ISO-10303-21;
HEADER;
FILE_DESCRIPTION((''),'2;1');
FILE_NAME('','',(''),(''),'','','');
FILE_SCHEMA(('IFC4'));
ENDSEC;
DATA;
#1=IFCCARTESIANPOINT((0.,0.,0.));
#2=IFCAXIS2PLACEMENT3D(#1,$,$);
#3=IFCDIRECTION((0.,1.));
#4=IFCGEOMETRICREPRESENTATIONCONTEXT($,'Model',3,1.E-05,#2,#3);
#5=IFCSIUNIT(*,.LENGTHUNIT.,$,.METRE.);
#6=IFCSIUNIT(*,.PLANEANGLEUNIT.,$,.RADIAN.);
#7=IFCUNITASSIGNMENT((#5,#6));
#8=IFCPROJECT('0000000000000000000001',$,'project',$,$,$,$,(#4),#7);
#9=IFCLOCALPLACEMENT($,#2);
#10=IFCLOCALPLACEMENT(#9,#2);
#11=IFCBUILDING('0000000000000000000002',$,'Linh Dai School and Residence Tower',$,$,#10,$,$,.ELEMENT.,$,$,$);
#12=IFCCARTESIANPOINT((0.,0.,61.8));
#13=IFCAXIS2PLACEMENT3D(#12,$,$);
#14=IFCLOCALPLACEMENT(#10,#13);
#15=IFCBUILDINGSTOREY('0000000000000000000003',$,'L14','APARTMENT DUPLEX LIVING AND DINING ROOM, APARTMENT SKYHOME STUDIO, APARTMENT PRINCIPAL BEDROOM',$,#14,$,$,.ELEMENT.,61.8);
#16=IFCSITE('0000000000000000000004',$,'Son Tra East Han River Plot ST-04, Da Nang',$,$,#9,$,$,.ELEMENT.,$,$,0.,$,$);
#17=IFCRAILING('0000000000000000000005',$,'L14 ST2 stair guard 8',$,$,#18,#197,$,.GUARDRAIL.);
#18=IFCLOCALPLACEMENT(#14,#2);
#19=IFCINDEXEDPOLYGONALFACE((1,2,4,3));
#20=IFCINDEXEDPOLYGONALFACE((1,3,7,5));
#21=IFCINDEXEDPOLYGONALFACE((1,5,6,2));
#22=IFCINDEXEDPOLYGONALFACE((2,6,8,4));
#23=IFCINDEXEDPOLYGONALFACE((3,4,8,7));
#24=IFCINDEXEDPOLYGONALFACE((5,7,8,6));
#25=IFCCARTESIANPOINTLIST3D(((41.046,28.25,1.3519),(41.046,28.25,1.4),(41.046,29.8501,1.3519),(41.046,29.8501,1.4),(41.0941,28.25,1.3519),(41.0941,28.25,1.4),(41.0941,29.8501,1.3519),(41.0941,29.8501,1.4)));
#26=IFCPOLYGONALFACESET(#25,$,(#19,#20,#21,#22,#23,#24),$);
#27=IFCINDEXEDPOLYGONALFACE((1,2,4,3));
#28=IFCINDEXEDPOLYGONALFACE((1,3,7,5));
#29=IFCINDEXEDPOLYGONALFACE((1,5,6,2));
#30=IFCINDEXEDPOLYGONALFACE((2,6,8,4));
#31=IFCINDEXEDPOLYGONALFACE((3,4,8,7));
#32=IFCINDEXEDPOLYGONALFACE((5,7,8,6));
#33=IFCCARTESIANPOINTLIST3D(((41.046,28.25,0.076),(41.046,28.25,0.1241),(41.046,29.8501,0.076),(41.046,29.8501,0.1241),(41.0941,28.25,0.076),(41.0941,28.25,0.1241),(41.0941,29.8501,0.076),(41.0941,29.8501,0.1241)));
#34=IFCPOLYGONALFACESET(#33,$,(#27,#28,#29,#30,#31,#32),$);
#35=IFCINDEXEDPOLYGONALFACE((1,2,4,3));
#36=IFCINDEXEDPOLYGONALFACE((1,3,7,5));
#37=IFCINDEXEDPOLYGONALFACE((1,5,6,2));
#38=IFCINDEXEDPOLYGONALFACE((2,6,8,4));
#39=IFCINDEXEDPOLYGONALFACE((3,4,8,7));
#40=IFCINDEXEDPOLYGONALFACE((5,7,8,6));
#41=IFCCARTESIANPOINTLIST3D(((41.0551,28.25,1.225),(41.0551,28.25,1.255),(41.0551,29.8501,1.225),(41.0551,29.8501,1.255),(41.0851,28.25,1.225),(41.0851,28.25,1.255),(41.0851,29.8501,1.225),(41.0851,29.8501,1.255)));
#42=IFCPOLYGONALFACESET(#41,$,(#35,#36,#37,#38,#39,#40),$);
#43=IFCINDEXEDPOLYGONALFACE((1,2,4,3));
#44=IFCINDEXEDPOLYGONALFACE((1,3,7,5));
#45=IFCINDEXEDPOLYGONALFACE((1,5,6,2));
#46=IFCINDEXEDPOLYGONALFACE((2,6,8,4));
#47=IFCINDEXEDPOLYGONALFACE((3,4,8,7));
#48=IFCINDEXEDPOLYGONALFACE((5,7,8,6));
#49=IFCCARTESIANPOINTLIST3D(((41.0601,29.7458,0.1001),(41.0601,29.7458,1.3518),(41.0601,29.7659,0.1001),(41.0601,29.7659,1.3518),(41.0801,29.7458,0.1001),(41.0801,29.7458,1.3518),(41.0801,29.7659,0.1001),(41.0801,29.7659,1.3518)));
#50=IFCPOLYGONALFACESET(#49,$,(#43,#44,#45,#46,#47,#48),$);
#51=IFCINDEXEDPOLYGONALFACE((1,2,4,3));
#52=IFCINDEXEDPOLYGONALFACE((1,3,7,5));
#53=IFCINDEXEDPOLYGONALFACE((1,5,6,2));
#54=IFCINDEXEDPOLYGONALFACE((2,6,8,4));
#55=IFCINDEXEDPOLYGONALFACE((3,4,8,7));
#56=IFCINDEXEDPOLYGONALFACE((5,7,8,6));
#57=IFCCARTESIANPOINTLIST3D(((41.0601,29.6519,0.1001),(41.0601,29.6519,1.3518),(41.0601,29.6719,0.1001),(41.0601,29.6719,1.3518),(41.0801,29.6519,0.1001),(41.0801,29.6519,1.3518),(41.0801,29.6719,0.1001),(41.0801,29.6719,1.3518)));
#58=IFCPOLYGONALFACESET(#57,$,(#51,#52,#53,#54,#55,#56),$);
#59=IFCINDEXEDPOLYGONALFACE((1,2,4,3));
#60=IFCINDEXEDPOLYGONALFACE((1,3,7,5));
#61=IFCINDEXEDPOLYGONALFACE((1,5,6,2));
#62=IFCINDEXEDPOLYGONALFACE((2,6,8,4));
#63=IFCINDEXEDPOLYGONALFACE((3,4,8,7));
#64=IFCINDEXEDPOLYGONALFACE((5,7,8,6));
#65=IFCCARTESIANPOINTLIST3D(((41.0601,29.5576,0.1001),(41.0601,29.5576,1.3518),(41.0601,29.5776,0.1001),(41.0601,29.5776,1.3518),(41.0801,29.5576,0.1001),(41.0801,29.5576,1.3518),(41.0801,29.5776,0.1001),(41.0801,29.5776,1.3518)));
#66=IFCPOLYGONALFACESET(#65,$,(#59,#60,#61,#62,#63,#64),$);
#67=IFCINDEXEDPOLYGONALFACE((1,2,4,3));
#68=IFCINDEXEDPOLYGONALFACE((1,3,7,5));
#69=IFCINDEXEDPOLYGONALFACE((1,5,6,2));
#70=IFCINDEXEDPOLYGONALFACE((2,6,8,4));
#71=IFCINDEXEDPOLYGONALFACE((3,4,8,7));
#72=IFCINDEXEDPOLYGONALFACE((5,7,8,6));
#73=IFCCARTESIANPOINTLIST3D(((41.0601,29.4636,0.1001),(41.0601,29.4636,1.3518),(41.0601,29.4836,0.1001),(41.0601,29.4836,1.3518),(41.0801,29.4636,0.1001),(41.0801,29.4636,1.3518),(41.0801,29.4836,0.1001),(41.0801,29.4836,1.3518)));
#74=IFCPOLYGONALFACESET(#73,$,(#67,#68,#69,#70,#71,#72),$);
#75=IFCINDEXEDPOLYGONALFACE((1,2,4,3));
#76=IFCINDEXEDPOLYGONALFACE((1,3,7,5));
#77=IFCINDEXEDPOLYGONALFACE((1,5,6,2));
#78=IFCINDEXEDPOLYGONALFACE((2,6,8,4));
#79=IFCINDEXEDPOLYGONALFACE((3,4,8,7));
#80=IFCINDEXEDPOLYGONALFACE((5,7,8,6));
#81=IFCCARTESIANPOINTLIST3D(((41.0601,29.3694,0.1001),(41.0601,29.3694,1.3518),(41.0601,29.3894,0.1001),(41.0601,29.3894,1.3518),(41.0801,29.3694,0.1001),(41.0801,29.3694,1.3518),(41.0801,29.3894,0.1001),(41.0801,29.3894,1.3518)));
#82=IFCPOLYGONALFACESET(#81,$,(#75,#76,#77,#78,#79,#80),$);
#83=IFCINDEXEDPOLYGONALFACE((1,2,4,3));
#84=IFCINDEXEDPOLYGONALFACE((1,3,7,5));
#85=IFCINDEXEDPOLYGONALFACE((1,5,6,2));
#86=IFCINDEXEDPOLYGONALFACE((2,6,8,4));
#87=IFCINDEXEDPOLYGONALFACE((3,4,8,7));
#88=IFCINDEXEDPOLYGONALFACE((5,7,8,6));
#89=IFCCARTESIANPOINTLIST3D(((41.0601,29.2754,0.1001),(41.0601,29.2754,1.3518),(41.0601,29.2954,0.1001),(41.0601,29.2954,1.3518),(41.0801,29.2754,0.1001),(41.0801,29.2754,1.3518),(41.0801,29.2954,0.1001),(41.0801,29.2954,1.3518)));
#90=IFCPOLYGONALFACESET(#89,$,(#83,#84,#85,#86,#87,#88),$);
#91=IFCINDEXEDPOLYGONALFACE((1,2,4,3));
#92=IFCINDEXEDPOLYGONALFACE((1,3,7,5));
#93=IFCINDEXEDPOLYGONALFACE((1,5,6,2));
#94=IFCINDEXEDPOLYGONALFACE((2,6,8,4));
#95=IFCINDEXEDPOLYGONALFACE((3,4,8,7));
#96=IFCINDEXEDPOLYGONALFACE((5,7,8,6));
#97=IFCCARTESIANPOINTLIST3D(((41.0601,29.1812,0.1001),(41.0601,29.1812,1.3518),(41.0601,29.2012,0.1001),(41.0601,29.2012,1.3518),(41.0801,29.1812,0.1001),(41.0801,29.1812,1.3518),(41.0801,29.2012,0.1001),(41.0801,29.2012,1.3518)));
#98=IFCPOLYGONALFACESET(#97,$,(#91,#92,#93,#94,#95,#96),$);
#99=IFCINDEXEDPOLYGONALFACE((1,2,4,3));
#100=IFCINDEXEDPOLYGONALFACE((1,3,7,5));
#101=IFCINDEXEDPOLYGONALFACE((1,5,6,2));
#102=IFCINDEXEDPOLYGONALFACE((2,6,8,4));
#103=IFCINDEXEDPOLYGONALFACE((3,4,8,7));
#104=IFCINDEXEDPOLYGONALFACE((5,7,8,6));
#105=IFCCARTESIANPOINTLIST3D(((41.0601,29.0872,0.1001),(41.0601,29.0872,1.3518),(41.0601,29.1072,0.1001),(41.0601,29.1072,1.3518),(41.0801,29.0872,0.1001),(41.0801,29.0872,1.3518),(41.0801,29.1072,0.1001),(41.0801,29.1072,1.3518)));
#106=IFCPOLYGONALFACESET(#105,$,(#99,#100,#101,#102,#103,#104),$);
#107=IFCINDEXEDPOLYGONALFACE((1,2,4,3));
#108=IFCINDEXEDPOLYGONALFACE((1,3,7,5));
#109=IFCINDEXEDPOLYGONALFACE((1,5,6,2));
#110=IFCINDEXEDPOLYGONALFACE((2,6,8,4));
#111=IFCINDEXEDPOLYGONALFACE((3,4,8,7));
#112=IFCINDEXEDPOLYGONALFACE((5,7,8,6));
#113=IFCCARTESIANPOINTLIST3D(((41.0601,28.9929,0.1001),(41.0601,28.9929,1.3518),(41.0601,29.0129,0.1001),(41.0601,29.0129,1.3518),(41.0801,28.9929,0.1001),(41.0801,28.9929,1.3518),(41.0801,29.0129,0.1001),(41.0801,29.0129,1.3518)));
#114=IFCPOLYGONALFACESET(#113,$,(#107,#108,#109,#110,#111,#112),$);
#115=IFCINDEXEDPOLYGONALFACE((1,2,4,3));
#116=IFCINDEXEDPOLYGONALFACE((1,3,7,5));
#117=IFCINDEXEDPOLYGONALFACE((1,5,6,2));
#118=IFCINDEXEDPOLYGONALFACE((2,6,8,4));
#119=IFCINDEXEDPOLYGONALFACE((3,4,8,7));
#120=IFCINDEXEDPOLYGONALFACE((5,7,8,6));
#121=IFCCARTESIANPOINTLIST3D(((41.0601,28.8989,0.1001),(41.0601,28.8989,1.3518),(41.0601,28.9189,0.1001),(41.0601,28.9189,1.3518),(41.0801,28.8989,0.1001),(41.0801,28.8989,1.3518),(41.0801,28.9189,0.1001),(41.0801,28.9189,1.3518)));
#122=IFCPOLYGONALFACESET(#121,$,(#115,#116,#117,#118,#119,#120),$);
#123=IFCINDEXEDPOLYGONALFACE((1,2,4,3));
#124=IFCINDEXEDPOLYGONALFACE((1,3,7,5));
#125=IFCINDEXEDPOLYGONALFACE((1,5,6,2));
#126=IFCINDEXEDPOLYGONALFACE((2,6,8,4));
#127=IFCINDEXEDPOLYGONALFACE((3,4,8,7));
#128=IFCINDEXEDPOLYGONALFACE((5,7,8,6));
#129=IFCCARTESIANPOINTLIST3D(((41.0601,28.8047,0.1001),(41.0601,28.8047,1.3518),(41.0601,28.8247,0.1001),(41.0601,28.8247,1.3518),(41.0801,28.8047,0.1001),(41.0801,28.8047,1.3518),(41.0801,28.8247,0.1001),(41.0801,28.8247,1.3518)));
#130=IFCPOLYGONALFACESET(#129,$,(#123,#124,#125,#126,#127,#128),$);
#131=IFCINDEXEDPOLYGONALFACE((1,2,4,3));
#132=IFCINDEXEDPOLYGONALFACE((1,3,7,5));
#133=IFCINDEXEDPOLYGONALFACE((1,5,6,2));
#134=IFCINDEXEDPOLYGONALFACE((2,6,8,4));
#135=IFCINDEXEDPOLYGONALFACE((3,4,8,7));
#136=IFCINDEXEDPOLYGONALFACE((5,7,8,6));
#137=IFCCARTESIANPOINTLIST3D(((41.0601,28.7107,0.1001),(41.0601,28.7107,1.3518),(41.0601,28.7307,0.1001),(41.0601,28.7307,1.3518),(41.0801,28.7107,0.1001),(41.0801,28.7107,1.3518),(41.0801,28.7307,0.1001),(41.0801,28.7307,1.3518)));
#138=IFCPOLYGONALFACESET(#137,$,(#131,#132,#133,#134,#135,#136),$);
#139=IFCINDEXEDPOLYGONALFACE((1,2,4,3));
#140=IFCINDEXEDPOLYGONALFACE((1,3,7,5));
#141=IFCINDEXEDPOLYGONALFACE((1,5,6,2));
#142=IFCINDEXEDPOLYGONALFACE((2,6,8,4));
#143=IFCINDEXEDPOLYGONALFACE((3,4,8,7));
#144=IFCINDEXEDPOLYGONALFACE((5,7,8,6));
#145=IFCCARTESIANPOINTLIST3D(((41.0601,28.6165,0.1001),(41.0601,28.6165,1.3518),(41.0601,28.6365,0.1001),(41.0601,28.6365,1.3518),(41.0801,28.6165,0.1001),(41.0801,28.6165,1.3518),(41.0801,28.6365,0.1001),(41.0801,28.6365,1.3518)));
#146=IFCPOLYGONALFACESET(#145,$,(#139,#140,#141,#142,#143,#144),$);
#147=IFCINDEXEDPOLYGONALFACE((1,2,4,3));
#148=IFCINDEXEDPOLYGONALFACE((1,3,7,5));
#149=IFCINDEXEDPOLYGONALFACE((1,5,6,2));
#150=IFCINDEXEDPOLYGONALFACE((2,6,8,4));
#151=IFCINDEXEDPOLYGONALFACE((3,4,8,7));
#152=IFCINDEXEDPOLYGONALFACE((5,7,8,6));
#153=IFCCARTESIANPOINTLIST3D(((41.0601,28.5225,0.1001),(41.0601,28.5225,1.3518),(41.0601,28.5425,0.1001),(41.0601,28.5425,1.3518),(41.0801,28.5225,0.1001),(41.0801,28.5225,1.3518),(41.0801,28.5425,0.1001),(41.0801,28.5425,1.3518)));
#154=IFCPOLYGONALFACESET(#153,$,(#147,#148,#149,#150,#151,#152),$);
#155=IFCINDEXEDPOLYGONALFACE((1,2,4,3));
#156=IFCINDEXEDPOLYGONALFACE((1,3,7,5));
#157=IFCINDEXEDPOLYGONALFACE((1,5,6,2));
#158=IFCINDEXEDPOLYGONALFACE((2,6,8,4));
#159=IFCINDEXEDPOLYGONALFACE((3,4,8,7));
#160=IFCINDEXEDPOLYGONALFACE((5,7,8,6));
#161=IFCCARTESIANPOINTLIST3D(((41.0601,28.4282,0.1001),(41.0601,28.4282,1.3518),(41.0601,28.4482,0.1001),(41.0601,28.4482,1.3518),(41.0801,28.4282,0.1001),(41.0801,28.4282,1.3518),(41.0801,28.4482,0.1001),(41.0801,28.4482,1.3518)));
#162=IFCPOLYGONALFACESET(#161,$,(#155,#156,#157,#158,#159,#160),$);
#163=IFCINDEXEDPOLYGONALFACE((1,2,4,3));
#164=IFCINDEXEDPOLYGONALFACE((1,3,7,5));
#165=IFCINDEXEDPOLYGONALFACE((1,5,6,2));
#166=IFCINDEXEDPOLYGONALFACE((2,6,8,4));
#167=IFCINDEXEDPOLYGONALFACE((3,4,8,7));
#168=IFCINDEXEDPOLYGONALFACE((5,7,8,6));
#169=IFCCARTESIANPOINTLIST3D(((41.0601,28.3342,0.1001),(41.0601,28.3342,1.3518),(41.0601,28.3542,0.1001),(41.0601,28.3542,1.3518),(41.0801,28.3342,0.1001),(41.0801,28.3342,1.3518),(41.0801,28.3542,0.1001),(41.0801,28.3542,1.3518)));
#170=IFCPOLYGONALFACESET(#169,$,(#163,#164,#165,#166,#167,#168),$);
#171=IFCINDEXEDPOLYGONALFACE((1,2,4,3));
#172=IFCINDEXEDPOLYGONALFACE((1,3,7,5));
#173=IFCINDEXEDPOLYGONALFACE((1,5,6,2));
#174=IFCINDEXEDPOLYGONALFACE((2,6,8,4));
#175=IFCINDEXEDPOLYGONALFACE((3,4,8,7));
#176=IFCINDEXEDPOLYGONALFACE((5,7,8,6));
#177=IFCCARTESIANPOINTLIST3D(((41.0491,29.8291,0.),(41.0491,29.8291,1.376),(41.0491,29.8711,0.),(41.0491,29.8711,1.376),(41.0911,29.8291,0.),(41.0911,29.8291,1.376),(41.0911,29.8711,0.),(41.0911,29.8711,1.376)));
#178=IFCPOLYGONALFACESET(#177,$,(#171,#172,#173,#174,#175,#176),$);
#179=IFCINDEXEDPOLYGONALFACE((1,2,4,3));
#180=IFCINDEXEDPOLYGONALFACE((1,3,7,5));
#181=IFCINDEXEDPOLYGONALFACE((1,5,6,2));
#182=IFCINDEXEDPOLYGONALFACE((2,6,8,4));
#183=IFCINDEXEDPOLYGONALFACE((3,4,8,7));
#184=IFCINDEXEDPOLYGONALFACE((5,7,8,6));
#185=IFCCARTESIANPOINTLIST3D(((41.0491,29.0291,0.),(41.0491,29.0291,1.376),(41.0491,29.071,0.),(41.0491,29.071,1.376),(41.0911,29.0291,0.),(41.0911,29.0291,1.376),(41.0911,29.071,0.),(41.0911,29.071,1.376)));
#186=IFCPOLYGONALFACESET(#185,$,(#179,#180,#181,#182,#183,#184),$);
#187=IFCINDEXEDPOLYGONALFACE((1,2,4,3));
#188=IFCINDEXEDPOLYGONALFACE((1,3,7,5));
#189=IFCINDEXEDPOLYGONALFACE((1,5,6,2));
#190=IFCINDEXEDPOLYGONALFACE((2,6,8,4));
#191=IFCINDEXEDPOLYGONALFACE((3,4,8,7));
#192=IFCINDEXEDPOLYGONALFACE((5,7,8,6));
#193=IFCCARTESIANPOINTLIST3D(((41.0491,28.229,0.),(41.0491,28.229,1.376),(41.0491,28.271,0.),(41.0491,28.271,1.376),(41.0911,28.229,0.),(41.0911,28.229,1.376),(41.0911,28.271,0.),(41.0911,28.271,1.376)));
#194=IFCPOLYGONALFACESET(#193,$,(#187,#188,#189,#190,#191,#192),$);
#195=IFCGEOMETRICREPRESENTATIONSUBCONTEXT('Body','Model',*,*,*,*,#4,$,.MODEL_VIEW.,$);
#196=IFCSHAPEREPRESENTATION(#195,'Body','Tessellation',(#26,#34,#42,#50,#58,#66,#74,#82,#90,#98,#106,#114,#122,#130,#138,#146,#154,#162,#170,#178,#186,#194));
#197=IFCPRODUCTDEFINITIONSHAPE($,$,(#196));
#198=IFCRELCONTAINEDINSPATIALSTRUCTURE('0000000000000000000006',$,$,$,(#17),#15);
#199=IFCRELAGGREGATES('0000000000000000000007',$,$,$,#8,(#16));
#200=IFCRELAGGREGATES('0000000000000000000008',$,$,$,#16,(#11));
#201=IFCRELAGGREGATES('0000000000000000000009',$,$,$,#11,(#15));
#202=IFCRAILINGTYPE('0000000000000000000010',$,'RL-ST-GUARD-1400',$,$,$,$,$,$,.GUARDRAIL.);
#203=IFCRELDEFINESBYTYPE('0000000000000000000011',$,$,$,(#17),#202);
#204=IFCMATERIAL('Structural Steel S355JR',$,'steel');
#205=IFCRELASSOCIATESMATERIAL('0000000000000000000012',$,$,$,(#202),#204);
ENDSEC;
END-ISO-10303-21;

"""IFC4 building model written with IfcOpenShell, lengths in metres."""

from ifc_helpers import new_model, si_unit, direction, frame, origin, origin_2d, place, context, subcontext, project, spatial, rectangle, extrude, source, transform, mapped, material, type_object, element, save


model = new_model("IFC4")

# Units and contexts
model_context = context("Model", 3, precision=1e-05, world=origin(), true_north=direction((0.0, 1.0)))
body_context = subcontext(model_context, "Body", "Model", "MODEL_VIEW")
ifc_project = project(units=[si_unit("LENGTHUNIT", "METRE"), si_unit("PLANEANGLEUNIT", "RADIAN")], contexts=[model_context])

# Site, building, storey
site_placement = place(None, origin())
site = spatial("IfcSite", under=ifc_project, at=site_placement, Name="Son Tra East Han River Plot ST-04, Da Nang", CompositionType="ELEMENT", RefElevation=0.0)
building_placement = place(site_placement, origin())
building = spatial("IfcBuilding", under=site, at=building_placement, Name="Linh Dai School and Residence Tower", CompositionType="ELEMENT")
storey_placement = place(building_placement, frame((0.0, 0.0, 61.8)))
storey = spatial("IfcBuildingStorey", under=building, at=storey_placement, Name="L14", Description="APARTMENT DUPLEX LIVING AND DINING ROOM, APARTMENT SKYHOME STUDIO, APARTMENT PRINCIPAL BEDROOM", CompositionType="ELEMENT", Elevation=61.8)

# Shared definitions
ifc_material_1 = material(Name="Structural Steel S355JR", Category="steel")

# Railing
railing_type_1 = type_object("IfcRailingType", Name="RL-ST-GUARD-1400", PredefinedType="GUARDRAIL", material=ifc_material_1)
shared_shape_1 = source(origin(), body_context, "Body", "SweptSolid", [
    extrude(rectangle(XDim=0.0481, YDim=0.0481, at=origin_2d()), frame((0.0, 0.0, 1.376), z_axis=(0.0, -1.0, 0.0), x_axis=(1.0, 0.0, 0.0)), (0.0, 0.0, 1.0), 1.6001),
    extrude(rectangle(XDim=0.0481, YDim=0.0481, at=origin_2d()), frame((0.0, 0.0, 0.1001), z_axis=(0.0, -1.0, 0.0), x_axis=(1.0, 0.0, 0.0)), (0.0, 0.0, 1.0), 1.6001),
    extrude(rectangle(XDim=0.03, YDim=0.03, at=origin_2d()), frame((0.0, 0.0, 1.24), z_axis=(0.0, -1.0, 0.0), x_axis=(1.0, 0.0, 0.0)), (0.0, 0.0, 1.0), 1.6001),
    extrude(rectangle(XDim=0.02, YDim=0.02, at=origin_2d()), frame((0.0, -0.0942, 0.1001)), (0.0, 0.0, 1.0), 1.2517),
    extrude(rectangle(XDim=0.02, YDim=0.02, at=origin_2d()), frame((0.0, -0.1882, 0.1001)), (0.0, 0.0, 1.0), 1.2517),
    extrude(rectangle(XDim=0.02, YDim=0.02, at=origin_2d()), frame((0.0, -0.2825, 0.1001)), (0.0, 0.0, 1.0), 1.2517),
    extrude(rectangle(XDim=0.02, YDim=0.02, at=origin_2d()), frame((0.0, -0.3765, 0.1001)), (0.0, 0.0, 1.0), 1.2517),
    extrude(rectangle(XDim=0.02, YDim=0.02, at=origin_2d()), frame((0.0, -0.4707, 0.1001)), (0.0, 0.0, 1.0), 1.2517),
    extrude(rectangle(XDim=0.02, YDim=0.02, at=origin_2d()), frame((0.0, -0.5647, 0.1001)), (0.0, 0.0, 1.0), 1.2517),
    extrude(rectangle(XDim=0.02, YDim=0.02, at=origin_2d()), frame((0.0, -0.6589, 0.1001)), (0.0, 0.0, 1.0), 1.2517),
    extrude(rectangle(XDim=0.02, YDim=0.02, at=origin_2d()), frame((0.0, -0.7529, 0.1001)), (0.0, 0.0, 1.0), 1.2517),
    extrude(rectangle(XDim=0.02, YDim=0.02, at=origin_2d()), frame((0.0, -0.8472, 0.1001)), (0.0, 0.0, 1.0), 1.2517),
    extrude(rectangle(XDim=0.02, YDim=0.02, at=origin_2d()), frame((0.0, -0.9412, 0.1001)), (0.0, 0.0, 1.0), 1.2517),
    extrude(rectangle(XDim=0.02, YDim=0.02, at=origin_2d()), frame((0.0, -1.0354, 0.1001)), (0.0, 0.0, 1.0), 1.2517),
    extrude(rectangle(XDim=0.02, YDim=0.02, at=origin_2d()), frame((0.0, -1.1294, 0.1001)), (0.0, 0.0, 1.0), 1.2517),
    extrude(rectangle(XDim=0.02, YDim=0.02, at=origin_2d()), frame((0.0, -1.2236, 0.1001)), (0.0, 0.0, 1.0), 1.2517),
    extrude(rectangle(XDim=0.02, YDim=0.02, at=origin_2d()), frame((0.0, -1.3176, 0.1001)), (0.0, 0.0, 1.0), 1.2517),
    extrude(rectangle(XDim=0.02, YDim=0.02, at=origin_2d()), frame((0.0, -1.4119, 0.1001)), (0.0, 0.0, 1.0), 1.2517),
    extrude(rectangle(XDim=0.02, YDim=0.02, at=origin_2d()), frame((0.0, -1.5059, 0.1001)), (0.0, 0.0, 1.0), 1.2517),
    extrude(rectangle(XDim=0.042, YDim=0.042, at=origin_2d()), origin(), (0.0, 0.0, 1.0), 1.376),
    extrude(rectangle(XDim=0.042, YDim=0.042, at=origin_2d()), frame((0.0, -0.8, 0.0)), (0.0, 0.0, 1.0), 1.376),
    extrude(rectangle(XDim=0.042, YDim=0.042, at=origin_2d()), frame((0.0, -1.6001, 0.0)), (0.0, 0.0, 1.0), 1.376),
])
for number, where, name in (
    (1, (41.0701, 29.8501, 0.0), "L14 ST2 stair guard 8"),
):
    element("IfcRailing", number, at=place(storey_placement, frame(where)), inside=storey, type_object=railing_type_1, Name=name, PredefinedType="GUARDRAIL", context=body_context, shape_type="MappedRepresentation", body=[
        mapped(shared_shape_1, transform((0.0, 0.0, 0.0), x_axis=(1.0, 0.0, 0.0), y_axis=(0.0, 1.0, 0.0), z_axis=(0.0, 0.0, 1.0), scale=1.0)),
    ])

save(model, "model.ifc")
